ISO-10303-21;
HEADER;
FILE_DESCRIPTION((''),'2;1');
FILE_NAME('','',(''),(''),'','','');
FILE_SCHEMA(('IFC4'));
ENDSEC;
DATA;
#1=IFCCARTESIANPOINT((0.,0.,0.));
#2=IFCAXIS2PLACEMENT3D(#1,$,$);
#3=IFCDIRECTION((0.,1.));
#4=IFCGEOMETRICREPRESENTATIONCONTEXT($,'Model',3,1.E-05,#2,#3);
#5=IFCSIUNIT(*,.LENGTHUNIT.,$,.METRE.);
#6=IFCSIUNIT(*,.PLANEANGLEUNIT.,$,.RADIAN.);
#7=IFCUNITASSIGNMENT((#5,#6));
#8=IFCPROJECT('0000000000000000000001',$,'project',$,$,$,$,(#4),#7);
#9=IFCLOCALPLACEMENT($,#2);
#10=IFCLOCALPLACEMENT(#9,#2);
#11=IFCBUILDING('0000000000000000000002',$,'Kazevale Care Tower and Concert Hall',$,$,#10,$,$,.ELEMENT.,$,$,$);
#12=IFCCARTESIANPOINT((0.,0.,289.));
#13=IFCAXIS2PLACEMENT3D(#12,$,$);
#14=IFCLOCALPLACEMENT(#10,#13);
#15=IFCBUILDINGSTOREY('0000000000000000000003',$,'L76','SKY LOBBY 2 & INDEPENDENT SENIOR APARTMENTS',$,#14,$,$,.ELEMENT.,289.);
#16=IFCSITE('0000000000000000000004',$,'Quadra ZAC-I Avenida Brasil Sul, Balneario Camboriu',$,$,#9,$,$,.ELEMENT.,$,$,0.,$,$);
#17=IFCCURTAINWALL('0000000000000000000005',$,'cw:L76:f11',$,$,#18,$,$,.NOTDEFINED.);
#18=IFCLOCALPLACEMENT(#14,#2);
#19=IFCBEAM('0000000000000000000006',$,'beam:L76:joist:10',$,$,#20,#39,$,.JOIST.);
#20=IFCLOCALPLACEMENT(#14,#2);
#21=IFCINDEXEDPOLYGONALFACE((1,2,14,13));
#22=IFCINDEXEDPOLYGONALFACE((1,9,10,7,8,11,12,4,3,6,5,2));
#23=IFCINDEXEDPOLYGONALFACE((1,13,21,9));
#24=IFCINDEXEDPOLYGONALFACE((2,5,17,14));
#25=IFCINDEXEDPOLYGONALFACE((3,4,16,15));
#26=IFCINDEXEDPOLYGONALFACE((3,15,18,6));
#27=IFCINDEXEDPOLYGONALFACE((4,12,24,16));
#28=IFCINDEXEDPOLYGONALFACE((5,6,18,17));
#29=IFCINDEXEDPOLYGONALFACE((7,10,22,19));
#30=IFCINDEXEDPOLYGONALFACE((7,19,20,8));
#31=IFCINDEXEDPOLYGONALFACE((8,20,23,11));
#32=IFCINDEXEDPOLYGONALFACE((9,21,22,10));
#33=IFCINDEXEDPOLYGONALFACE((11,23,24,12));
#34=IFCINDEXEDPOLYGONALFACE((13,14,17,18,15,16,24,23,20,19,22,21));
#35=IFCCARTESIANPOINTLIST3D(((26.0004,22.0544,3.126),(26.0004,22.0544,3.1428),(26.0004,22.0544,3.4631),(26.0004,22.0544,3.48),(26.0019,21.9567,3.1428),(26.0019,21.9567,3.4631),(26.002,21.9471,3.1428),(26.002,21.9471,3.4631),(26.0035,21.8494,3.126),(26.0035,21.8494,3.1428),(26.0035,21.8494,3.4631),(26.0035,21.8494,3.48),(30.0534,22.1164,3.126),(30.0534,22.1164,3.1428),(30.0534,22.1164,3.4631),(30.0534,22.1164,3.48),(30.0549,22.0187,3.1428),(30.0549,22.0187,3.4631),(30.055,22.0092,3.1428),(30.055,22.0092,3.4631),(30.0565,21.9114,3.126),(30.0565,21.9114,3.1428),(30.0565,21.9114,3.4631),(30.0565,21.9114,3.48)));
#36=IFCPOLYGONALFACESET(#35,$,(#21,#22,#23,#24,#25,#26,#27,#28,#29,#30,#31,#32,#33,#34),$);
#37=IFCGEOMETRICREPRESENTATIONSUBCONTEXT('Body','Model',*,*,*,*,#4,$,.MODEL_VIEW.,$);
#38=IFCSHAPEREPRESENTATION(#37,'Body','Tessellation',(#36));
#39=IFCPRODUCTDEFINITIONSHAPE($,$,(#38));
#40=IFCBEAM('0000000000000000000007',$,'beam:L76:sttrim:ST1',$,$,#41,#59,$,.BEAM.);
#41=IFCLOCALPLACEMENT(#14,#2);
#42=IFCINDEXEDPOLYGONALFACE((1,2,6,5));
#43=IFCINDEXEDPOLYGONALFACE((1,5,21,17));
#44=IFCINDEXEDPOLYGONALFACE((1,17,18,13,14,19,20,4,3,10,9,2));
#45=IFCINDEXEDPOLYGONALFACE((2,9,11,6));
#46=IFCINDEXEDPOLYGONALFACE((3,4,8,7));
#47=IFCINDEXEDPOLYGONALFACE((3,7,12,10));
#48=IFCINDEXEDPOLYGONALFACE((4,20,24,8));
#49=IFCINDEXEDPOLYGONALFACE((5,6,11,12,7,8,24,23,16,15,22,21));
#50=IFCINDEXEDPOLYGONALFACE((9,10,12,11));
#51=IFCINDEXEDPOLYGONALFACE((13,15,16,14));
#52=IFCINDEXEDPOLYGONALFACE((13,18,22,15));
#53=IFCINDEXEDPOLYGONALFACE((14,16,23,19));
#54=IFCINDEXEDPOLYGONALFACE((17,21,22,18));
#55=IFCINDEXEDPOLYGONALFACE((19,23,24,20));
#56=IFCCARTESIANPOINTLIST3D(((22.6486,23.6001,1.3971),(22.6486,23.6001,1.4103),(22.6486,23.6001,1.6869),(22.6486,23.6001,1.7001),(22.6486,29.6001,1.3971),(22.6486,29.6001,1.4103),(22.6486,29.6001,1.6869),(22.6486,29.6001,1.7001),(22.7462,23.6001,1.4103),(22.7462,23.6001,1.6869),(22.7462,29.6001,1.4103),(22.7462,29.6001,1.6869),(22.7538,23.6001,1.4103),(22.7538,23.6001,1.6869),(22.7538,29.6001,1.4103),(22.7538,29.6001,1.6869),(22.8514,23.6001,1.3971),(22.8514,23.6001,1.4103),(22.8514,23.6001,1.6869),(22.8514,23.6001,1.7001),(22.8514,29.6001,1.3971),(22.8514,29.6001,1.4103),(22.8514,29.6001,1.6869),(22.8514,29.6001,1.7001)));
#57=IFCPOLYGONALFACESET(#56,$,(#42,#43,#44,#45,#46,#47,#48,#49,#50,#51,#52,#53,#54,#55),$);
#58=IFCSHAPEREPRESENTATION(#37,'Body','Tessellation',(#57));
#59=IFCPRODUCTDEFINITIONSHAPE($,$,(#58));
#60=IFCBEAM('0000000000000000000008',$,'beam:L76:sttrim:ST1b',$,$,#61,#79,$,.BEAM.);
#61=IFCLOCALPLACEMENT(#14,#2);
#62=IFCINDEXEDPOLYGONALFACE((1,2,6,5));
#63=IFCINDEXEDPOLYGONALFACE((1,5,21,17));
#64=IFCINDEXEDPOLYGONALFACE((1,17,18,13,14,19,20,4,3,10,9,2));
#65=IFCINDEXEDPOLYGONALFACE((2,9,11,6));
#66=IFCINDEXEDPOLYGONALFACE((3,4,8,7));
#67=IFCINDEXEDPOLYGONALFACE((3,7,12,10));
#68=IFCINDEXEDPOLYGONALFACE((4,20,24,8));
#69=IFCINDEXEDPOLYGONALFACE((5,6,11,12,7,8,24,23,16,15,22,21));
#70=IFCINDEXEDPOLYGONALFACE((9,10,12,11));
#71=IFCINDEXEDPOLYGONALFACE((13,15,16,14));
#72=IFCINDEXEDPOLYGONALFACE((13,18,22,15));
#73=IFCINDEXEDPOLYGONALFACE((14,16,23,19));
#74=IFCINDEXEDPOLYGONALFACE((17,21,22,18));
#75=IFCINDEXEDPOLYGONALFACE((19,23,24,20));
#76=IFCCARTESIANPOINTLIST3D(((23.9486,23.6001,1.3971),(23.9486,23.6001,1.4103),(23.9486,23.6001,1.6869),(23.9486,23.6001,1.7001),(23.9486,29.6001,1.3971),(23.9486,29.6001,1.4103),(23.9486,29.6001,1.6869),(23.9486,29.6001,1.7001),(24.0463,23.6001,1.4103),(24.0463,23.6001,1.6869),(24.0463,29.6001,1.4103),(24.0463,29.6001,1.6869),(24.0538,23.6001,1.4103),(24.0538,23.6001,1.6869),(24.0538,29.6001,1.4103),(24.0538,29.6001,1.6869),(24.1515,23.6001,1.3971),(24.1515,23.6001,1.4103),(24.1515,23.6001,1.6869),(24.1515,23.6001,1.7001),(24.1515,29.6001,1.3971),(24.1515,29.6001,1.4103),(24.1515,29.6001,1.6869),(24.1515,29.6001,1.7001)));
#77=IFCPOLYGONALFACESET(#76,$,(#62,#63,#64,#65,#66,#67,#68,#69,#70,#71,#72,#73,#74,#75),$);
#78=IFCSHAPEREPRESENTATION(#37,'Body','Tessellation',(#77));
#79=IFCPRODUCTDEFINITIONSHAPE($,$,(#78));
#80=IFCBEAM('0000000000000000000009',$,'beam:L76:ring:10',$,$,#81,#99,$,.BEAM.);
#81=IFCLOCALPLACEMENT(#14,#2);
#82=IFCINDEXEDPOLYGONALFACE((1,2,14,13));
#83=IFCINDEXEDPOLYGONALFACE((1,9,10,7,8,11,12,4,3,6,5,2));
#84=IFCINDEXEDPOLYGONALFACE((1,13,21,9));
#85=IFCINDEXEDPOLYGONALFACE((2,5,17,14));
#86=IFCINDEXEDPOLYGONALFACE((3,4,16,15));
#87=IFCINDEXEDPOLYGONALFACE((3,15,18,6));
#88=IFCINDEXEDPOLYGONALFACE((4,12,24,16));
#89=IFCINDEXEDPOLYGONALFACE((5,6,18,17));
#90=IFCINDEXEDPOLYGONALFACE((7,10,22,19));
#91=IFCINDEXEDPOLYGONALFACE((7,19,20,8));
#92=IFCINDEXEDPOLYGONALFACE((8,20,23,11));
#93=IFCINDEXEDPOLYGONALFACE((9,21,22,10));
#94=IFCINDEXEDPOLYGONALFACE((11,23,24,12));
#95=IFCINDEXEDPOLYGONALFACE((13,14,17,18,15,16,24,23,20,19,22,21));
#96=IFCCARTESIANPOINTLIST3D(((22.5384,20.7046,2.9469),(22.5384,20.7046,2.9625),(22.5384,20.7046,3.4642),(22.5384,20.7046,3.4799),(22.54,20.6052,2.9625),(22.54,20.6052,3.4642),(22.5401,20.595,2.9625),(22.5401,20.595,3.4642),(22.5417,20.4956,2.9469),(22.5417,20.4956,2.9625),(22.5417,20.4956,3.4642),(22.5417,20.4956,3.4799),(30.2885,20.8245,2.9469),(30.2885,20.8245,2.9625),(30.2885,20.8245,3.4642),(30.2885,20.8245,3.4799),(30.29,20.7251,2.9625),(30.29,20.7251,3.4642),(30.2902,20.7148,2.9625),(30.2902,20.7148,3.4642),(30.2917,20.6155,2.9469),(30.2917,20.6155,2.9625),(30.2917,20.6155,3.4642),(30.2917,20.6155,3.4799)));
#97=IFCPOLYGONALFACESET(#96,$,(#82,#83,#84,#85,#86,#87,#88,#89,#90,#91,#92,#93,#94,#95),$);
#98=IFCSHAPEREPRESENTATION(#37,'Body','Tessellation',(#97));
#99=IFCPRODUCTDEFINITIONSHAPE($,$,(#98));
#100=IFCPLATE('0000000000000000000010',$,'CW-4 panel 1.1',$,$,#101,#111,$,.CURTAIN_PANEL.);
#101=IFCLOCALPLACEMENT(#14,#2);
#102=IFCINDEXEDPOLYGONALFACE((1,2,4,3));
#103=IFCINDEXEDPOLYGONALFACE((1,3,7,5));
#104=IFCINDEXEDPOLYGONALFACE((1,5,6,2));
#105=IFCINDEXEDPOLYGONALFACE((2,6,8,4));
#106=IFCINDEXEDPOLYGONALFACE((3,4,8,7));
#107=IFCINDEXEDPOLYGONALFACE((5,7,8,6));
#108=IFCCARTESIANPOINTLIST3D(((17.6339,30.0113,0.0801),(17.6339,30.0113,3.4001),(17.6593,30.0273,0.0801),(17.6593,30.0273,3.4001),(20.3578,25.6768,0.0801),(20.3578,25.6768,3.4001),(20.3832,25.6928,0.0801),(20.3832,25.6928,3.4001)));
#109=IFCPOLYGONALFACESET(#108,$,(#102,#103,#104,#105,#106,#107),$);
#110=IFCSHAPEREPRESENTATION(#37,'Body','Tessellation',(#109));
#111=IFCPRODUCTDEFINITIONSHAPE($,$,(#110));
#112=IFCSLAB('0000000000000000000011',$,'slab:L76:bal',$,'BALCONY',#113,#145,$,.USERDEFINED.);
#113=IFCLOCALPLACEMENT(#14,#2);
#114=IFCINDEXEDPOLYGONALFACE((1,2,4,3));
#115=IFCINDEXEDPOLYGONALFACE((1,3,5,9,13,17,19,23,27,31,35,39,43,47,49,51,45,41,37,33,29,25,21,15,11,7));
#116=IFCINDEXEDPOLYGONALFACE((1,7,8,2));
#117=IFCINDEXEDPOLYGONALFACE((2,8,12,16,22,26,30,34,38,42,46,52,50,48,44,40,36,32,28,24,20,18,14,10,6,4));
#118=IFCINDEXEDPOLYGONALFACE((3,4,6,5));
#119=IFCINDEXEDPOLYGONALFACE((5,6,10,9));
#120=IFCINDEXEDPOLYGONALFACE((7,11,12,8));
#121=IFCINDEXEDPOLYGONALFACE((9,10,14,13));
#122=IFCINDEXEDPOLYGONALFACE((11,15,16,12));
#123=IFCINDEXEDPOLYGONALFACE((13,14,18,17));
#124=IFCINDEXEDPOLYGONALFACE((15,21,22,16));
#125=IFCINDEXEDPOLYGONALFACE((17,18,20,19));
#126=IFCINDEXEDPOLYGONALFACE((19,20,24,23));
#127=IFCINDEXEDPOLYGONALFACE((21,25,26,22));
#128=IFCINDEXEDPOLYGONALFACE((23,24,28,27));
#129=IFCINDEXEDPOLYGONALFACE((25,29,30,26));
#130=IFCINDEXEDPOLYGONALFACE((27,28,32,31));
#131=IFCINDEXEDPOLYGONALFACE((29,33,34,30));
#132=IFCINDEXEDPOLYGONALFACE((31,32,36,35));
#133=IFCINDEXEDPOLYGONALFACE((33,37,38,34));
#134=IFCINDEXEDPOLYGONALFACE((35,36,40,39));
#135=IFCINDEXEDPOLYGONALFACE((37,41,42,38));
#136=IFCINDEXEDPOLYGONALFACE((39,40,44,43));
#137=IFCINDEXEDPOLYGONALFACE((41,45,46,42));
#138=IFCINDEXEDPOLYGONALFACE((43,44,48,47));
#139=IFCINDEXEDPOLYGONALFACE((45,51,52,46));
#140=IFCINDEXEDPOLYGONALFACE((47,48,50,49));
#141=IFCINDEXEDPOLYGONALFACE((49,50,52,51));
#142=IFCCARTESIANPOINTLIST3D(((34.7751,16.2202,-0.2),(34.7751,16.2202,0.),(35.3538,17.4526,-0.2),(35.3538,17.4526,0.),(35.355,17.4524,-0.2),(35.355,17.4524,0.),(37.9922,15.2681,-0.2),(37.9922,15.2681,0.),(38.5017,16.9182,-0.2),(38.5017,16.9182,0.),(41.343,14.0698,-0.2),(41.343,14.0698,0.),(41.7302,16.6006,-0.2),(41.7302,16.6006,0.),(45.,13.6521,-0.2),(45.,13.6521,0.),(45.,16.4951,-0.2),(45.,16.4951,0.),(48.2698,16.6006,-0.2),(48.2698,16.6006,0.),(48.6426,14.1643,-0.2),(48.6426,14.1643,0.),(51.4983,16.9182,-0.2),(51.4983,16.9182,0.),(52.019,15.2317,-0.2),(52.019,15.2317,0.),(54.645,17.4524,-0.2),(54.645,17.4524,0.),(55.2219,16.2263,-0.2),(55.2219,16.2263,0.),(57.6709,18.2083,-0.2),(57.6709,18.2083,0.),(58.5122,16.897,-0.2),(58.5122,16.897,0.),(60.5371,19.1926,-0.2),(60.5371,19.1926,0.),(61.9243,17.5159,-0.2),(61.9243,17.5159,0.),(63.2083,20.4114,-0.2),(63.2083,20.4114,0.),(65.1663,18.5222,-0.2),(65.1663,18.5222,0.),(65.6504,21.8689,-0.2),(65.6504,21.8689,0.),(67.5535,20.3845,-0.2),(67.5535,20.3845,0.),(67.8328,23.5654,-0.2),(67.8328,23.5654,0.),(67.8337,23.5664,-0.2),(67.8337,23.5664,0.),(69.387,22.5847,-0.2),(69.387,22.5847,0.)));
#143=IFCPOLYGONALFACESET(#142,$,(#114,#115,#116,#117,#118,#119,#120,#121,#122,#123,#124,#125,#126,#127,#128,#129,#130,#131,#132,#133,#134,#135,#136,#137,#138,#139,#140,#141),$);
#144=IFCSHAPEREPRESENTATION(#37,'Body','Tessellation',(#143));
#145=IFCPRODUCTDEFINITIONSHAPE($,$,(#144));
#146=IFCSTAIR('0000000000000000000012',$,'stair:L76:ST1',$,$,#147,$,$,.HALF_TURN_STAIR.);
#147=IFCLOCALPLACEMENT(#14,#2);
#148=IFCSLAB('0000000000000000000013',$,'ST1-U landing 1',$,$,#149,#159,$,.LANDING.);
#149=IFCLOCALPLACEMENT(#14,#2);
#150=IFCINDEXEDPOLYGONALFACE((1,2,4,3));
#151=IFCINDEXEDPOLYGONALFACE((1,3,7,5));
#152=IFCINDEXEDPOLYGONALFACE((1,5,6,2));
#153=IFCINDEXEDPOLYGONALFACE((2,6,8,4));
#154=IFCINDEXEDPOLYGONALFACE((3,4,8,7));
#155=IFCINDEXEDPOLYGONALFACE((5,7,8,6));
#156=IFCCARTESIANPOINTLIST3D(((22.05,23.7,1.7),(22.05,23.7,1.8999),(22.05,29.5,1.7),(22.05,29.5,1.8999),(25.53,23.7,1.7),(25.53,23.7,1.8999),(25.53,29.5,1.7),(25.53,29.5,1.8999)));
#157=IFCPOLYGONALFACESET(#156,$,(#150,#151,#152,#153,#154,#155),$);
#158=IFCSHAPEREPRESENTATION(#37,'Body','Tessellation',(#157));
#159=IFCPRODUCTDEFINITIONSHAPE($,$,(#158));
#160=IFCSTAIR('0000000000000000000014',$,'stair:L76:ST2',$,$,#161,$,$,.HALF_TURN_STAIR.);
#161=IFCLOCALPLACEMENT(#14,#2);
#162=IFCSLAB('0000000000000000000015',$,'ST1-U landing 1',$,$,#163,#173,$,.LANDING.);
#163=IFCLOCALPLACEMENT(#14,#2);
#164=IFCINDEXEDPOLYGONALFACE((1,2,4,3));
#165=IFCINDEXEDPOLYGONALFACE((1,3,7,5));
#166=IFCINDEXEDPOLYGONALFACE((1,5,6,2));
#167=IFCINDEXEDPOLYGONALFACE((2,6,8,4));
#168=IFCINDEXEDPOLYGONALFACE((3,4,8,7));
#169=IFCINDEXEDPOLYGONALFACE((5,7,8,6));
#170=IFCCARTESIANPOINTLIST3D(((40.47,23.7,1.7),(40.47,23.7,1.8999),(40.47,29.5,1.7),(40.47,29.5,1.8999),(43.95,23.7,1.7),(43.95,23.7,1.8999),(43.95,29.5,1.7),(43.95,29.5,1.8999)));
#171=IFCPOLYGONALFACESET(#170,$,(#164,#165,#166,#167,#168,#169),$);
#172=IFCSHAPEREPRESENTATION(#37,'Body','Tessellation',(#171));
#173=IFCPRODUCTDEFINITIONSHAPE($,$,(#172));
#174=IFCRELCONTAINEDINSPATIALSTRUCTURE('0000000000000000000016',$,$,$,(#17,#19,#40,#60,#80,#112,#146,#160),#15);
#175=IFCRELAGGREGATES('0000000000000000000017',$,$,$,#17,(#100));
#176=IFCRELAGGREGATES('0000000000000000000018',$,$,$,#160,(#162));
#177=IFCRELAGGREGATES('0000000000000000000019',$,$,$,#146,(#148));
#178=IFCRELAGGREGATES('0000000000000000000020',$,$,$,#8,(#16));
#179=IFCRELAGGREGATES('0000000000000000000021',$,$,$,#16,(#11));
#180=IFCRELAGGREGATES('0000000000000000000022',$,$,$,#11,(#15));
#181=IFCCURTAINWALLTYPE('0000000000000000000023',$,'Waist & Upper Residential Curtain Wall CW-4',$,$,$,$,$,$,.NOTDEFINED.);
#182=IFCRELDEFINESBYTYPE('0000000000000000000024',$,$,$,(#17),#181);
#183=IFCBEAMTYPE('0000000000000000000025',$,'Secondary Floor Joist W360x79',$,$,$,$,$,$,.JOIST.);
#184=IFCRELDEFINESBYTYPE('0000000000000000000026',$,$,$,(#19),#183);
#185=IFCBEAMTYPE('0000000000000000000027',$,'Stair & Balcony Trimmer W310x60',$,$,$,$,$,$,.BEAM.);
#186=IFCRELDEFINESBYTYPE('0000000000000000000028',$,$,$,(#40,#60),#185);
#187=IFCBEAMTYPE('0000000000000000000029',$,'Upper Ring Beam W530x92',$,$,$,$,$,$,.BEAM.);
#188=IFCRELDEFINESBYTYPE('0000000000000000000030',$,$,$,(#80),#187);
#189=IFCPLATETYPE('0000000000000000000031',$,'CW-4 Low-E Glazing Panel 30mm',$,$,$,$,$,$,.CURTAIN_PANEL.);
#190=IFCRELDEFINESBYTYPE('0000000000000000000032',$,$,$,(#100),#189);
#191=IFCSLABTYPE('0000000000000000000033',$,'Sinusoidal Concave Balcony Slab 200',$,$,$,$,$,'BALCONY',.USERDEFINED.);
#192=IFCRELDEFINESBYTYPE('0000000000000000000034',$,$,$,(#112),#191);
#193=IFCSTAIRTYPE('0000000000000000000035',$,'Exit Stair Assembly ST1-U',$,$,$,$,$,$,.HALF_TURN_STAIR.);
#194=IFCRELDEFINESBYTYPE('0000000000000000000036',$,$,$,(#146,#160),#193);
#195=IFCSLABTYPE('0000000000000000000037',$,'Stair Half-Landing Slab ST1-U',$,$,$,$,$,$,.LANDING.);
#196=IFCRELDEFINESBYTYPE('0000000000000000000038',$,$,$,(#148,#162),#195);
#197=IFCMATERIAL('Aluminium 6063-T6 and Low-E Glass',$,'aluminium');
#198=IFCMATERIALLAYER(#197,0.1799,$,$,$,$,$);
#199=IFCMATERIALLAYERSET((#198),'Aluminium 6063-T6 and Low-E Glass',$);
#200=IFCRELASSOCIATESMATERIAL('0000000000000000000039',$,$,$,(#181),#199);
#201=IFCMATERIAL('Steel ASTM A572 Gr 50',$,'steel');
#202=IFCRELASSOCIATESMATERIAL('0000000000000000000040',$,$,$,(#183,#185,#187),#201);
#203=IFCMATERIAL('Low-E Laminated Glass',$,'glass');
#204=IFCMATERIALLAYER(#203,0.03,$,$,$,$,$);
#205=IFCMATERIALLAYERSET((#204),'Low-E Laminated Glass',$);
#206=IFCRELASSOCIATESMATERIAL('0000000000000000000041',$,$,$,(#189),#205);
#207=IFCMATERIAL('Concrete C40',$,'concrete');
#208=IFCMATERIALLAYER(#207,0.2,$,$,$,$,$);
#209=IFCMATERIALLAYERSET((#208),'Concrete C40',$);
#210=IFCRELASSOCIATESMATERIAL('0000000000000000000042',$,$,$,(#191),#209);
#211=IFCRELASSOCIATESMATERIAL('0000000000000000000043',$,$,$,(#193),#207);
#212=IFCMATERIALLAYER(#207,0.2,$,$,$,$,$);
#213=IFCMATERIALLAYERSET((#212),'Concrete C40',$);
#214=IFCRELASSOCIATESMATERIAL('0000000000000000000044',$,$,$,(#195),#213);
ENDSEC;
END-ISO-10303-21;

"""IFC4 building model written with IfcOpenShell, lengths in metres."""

from ifc_helpers import new_model, si_unit, direction, frame, origin, origin_2d, place, context, subcontext, project, spatial, polyline, rectangle, i_section, outline, extrude, material, layer, layer_set, material_profile, profile_set, type_object, element, aggregate, save


model = new_model("IFC4")

# Units and contexts
model_context = context("Model", 3, precision=1e-05, world=origin(), true_north=direction((0.0, 1.0)))
body_context = subcontext(model_context, "Body", "Model", "MODEL_VIEW")
ifc_project = project(units=[si_unit("LENGTHUNIT", "METRE"), si_unit("PLANEANGLEUNIT", "RADIAN")], contexts=[model_context])

# Site, building, storey
site_placement = place(None, origin())
site = spatial("IfcSite", under=ifc_project, at=site_placement, Name="Quadra ZAC-I Avenida Brasil Sul, Balneario Camboriu", CompositionType="ELEMENT", RefElevation=0.0)
building_placement = place(site_placement, origin())
building = spatial("IfcBuilding", under=site, at=building_placement, Name="Kazevale Care Tower and Concert Hall", CompositionType="ELEMENT")
storey_placement = place(building_placement, frame((0.0, 0.0, 289.0)))
storey = spatial("IfcBuildingStorey", under=building, at=storey_placement, Name="L76", Description="SKY LOBBY 2 & INDEPENDENT SENIOR APARTMENTS", CompositionType="ELEMENT", Elevation=289.0)

# Curtain wall
ifc_material_1 = material(Name="Aluminium 6063-T6 and Low-E Glass", Category="aluminium")
ifc_layer_1 = layer(ifc_material_1, 0.1799)
ifc_layer_set_1 = layer_set([ifc_layer_1], Name="Aluminium 6063-T6 and Low-E Glass")
curtain_wall_type_1 = type_object("IfcCurtainWallType", Name="Waist & Upper Residential Curtain Wall CW-4", PredefinedType="NOTDEFINED", material=ifc_layer_set_1)
curtain_wall_1_placement = place(storey_placement, origin())
curtain_wall_1 = element("IfcCurtainWall", 1, at=curtain_wall_1_placement, inside=storey, type_object=curtain_wall_type_1, Name="cw:L76:f11", PredefinedType="NOTDEFINED")

# Beams
ifc_material_2 = material(Name="Steel ASTM A572 Gr 50", Category="steel")
ifc_material_profile_1 = material_profile(ifc_material_2, i_section(OverallWidth=0.2051, OverallDepth=0.354, WebThickness=0.0095, FlangeThickness=0.0168, at=origin_2d()), Name="W360x79")
ifc_profile_set_1 = profile_set([ifc_material_profile_1], Name="Steel ASTM A572 Gr 50")
beam_type_1 = type_object("IfcBeamType", Name="Secondary Floor Joist W360x79", PredefinedType="JOIST", material=ifc_profile_set_1)
beam_1_placement = place(storey_placement, frame((26.002, 21.9519, 3.303), z_axis=(0.999883, 0.015298, 0.0), x_axis=(-0.015298, 0.999883, 0.0)))
element("IfcBeam", 2, at=beam_1_placement, inside=storey, type_object=beam_type_1, Name="beam:L76:joist:10", PredefinedType="JOIST", context=body_context, shape_type="SweptSolid", body=[
    extrude(i_section(OverallWidth=0.2051, OverallDepth=0.354, WebThickness=0.0095, FlangeThickness=0.0168, at=origin_2d()), origin(), (0.0, 0.0, 1.0), 4.0535),
])
ifc_material_profile_2 = material_profile(ifc_material_2, i_section(OverallWidth=0.2029, OverallDepth=0.303, WebThickness=0.0076, FlangeThickness=0.0132, at=origin_2d()), Name="W310x60")
ifc_profile_set_2 = profile_set([ifc_material_profile_2], Name="Steel ASTM A572 Gr 50")
beam_type_2 = type_object("IfcBeamType", Name="Stair & Balcony Trimmer W310x60", PredefinedType="BEAM", material=ifc_profile_set_2)
for number, where, z_axis, x_axis, name in (
    (3, (22.75, 23.6001, 1.5486), (0.0, 1.0, 0.0), (-1.0, 0.0, 0.0), "beam:L76:sttrim:ST1"),
    (4, (24.05, 23.6001, 1.5486), (0.0, 1.0, 0.0), (-1.0, 0.0, 0.0), "beam:L76:sttrim:ST1b"),
):
    element("IfcBeam", number, at=place(storey_placement, frame(where, z_axis=z_axis, x_axis=x_axis)), inside=storey, type_object=beam_type_2, Name=name, PredefinedType="BEAM", context=body_context, shape_type="SweptSolid", body=[
        extrude(i_section(OverallWidth=0.2029, OverallDepth=0.303, WebThickness=0.0076, FlangeThickness=0.0132, at=origin_2d()), origin(), (0.0, 0.0, 1.0), 6.0),
    ])
ifc_material_profile_3 = material_profile(ifc_material_2, i_section(OverallWidth=0.209, OverallDepth=0.533, WebThickness=0.0103, FlangeThickness=0.0156, at=origin_2d()), Name="W530x92")
ifc_profile_set_3 = profile_set([ifc_material_profile_3], Name="Steel ASTM A572 Gr 50")
beam_type_3 = type_object("IfcBeamType", Name="Upper Ring Beam W530x92", PredefinedType="BEAM", material=ifc_profile_set_3)
beam_2_placement = place(storey_placement, frame((22.54, 20.6001, 3.2134), z_axis=(0.99988, 0.015466, 0.0), x_axis=(-0.015466, 0.99988, 0.0)))
element("IfcBeam", 5, at=beam_2_placement, inside=storey, type_object=beam_type_3, Name="beam:L76:ring:10", PredefinedType="BEAM", context=body_context, shape_type="SweptSolid", body=[
    extrude(i_section(OverallWidth=0.209, OverallDepth=0.533, WebThickness=0.0103, FlangeThickness=0.0156, at=origin_2d()), origin(), (0.0, 0.0, 1.0), 7.751),
])

# Plate
ifc_material_3 = material(Name="Low-E Laminated Glass", Category="glass")
ifc_layer_2 = layer(ifc_material_3, 0.03)
ifc_layer_set_2 = layer_set([ifc_layer_2], Name="Low-E Laminated Glass")
plate_type = type_object("IfcPlateType", Name="CW-4 Low-E Glazing Panel 30mm", PredefinedType="CURTAIN_PANEL", material=ifc_layer_set_2)
plate_placement = place(storey_placement, frame((19.0085, 27.8521, 0.0801), z_axis=(0.0, 0.0, 1.0), x_axis=(-0.532075, 0.846698, 0.0)))
plate = element("IfcPlate", 6, at=plate_placement, type_object=plate_type, Name="CW-4 panel 1.1", PredefinedType="CURTAIN_PANEL", context=body_context, shape_type="SweptSolid", body=[
    extrude(rectangle(XDim=5.1194, YDim=0.03, at=origin_2d()), origin(), (0.0, 0.0, 1.0), 3.3201),
])
aggregate(curtain_wall_1, [plate])

# Slab
ifc_material_4 = material(Name="Concrete C40", Category="concrete")
ifc_layer_3 = layer(ifc_material_4, 0.2)
ifc_layer_set_3 = layer_set([ifc_layer_3], Name="Concrete C40")
slab_type_1 = type_object("IfcSlabType", Name="Sinusoidal Concave Balcony Slab 200", ElementType="BALCONY", PredefinedType="USERDEFINED", material=ifc_layer_set_3)
slab_1_placement = place(storey_placement, frame((0.0, 0.0, -0.2)))
element("IfcSlab", 7, at=slab_1_placement, inside=storey, type_object=slab_type_1, Name="slab:L76:bal", ObjectType="BALCONY", PredefinedType="USERDEFINED", context=body_context, shape_type="SweptSolid", body=[
    extrude(outline(polyline([(69.387, 22.5847), (67.5535, 20.3845), (65.1663, 18.5222), (61.9243, 17.5159), (58.5122, 16.897), (55.2219, 16.2263), (52.019, 15.2317), (48.6426, 14.1643), (45.0, 13.6521), (41.343, 14.0698), (37.9922, 15.2681), (34.7751, 16.2202), (35.3538, 17.4526), (35.355, 17.4524), (38.5017, 16.9182), (41.7302, 16.6006), (45.0, 16.4951), (48.2698, 16.6006), (51.4983, 16.9182), (54.645, 17.4524), (57.6709, 18.2083), (60.5371, 19.1926), (63.2083, 20.4114), (65.6504, 21.8689), (67.8328, 23.5654), (67.8337, 23.5664), (69.387, 22.5847)])), origin(), (0.0, 0.0, 1.0), 0.2),
])

# Stairs, slabs
stair_type = type_object("IfcStairType", Name="Exit Stair Assembly ST1-U", PredefinedType="HALF_TURN_STAIR", material=ifc_material_4)
stair_1_placement = place(storey_placement, origin())
stair_1 = element("IfcStair", 8, at=stair_1_placement, inside=storey, type_object=stair_type, Name="stair:L76:ST1", PredefinedType="HALF_TURN_STAIR")
ifc_layer_4 = layer(ifc_material_4, 0.2)
ifc_layer_set_4 = layer_set([ifc_layer_4], Name="Concrete C40")
slab_type_2 = type_object("IfcSlabType", Name="Stair Half-Landing Slab ST1-U", PredefinedType="LANDING", material=ifc_layer_set_4)
slab_2_placement = place(storey_placement, frame((0.0, 0.0, 1.7)))
slab_2 = element("IfcSlab", 9, at=slab_2_placement, type_object=slab_type_2, Name="ST1-U landing 1", PredefinedType="LANDING", context=body_context, shape_type="SweptSolid", body=[
    extrude(outline(polyline([(22.05, 23.7), (25.53, 23.7), (25.53, 29.5), (22.05, 29.5), (22.05, 23.7)])), origin(), (0.0, 0.0, 1.0), 0.2),
])
stair_2_placement = place(storey_placement, origin())
stair_2 = element("IfcStair", 10, at=stair_2_placement, inside=storey, type_object=stair_type, Name="stair:L76:ST2", PredefinedType="HALF_TURN_STAIR")
slab_3_placement = place(storey_placement, frame((0.0, 0.0, 1.7)))
slab_3 = element("IfcSlab", 11, at=slab_3_placement, type_object=slab_type_2, Name="ST1-U landing 1", PredefinedType="LANDING", context=body_context, shape_type="SweptSolid", body=[
    extrude(outline(polyline([(40.47, 23.7), (43.95, 23.7), (43.95, 29.5), (40.47, 29.5), (40.47, 23.7)])), origin(), (0.0, 0.0, 1.0), 0.2),
])
aggregate(stair_2, [slab_3])

aggregate(stair_1, [slab_2])

save(model, "model.ifc")
